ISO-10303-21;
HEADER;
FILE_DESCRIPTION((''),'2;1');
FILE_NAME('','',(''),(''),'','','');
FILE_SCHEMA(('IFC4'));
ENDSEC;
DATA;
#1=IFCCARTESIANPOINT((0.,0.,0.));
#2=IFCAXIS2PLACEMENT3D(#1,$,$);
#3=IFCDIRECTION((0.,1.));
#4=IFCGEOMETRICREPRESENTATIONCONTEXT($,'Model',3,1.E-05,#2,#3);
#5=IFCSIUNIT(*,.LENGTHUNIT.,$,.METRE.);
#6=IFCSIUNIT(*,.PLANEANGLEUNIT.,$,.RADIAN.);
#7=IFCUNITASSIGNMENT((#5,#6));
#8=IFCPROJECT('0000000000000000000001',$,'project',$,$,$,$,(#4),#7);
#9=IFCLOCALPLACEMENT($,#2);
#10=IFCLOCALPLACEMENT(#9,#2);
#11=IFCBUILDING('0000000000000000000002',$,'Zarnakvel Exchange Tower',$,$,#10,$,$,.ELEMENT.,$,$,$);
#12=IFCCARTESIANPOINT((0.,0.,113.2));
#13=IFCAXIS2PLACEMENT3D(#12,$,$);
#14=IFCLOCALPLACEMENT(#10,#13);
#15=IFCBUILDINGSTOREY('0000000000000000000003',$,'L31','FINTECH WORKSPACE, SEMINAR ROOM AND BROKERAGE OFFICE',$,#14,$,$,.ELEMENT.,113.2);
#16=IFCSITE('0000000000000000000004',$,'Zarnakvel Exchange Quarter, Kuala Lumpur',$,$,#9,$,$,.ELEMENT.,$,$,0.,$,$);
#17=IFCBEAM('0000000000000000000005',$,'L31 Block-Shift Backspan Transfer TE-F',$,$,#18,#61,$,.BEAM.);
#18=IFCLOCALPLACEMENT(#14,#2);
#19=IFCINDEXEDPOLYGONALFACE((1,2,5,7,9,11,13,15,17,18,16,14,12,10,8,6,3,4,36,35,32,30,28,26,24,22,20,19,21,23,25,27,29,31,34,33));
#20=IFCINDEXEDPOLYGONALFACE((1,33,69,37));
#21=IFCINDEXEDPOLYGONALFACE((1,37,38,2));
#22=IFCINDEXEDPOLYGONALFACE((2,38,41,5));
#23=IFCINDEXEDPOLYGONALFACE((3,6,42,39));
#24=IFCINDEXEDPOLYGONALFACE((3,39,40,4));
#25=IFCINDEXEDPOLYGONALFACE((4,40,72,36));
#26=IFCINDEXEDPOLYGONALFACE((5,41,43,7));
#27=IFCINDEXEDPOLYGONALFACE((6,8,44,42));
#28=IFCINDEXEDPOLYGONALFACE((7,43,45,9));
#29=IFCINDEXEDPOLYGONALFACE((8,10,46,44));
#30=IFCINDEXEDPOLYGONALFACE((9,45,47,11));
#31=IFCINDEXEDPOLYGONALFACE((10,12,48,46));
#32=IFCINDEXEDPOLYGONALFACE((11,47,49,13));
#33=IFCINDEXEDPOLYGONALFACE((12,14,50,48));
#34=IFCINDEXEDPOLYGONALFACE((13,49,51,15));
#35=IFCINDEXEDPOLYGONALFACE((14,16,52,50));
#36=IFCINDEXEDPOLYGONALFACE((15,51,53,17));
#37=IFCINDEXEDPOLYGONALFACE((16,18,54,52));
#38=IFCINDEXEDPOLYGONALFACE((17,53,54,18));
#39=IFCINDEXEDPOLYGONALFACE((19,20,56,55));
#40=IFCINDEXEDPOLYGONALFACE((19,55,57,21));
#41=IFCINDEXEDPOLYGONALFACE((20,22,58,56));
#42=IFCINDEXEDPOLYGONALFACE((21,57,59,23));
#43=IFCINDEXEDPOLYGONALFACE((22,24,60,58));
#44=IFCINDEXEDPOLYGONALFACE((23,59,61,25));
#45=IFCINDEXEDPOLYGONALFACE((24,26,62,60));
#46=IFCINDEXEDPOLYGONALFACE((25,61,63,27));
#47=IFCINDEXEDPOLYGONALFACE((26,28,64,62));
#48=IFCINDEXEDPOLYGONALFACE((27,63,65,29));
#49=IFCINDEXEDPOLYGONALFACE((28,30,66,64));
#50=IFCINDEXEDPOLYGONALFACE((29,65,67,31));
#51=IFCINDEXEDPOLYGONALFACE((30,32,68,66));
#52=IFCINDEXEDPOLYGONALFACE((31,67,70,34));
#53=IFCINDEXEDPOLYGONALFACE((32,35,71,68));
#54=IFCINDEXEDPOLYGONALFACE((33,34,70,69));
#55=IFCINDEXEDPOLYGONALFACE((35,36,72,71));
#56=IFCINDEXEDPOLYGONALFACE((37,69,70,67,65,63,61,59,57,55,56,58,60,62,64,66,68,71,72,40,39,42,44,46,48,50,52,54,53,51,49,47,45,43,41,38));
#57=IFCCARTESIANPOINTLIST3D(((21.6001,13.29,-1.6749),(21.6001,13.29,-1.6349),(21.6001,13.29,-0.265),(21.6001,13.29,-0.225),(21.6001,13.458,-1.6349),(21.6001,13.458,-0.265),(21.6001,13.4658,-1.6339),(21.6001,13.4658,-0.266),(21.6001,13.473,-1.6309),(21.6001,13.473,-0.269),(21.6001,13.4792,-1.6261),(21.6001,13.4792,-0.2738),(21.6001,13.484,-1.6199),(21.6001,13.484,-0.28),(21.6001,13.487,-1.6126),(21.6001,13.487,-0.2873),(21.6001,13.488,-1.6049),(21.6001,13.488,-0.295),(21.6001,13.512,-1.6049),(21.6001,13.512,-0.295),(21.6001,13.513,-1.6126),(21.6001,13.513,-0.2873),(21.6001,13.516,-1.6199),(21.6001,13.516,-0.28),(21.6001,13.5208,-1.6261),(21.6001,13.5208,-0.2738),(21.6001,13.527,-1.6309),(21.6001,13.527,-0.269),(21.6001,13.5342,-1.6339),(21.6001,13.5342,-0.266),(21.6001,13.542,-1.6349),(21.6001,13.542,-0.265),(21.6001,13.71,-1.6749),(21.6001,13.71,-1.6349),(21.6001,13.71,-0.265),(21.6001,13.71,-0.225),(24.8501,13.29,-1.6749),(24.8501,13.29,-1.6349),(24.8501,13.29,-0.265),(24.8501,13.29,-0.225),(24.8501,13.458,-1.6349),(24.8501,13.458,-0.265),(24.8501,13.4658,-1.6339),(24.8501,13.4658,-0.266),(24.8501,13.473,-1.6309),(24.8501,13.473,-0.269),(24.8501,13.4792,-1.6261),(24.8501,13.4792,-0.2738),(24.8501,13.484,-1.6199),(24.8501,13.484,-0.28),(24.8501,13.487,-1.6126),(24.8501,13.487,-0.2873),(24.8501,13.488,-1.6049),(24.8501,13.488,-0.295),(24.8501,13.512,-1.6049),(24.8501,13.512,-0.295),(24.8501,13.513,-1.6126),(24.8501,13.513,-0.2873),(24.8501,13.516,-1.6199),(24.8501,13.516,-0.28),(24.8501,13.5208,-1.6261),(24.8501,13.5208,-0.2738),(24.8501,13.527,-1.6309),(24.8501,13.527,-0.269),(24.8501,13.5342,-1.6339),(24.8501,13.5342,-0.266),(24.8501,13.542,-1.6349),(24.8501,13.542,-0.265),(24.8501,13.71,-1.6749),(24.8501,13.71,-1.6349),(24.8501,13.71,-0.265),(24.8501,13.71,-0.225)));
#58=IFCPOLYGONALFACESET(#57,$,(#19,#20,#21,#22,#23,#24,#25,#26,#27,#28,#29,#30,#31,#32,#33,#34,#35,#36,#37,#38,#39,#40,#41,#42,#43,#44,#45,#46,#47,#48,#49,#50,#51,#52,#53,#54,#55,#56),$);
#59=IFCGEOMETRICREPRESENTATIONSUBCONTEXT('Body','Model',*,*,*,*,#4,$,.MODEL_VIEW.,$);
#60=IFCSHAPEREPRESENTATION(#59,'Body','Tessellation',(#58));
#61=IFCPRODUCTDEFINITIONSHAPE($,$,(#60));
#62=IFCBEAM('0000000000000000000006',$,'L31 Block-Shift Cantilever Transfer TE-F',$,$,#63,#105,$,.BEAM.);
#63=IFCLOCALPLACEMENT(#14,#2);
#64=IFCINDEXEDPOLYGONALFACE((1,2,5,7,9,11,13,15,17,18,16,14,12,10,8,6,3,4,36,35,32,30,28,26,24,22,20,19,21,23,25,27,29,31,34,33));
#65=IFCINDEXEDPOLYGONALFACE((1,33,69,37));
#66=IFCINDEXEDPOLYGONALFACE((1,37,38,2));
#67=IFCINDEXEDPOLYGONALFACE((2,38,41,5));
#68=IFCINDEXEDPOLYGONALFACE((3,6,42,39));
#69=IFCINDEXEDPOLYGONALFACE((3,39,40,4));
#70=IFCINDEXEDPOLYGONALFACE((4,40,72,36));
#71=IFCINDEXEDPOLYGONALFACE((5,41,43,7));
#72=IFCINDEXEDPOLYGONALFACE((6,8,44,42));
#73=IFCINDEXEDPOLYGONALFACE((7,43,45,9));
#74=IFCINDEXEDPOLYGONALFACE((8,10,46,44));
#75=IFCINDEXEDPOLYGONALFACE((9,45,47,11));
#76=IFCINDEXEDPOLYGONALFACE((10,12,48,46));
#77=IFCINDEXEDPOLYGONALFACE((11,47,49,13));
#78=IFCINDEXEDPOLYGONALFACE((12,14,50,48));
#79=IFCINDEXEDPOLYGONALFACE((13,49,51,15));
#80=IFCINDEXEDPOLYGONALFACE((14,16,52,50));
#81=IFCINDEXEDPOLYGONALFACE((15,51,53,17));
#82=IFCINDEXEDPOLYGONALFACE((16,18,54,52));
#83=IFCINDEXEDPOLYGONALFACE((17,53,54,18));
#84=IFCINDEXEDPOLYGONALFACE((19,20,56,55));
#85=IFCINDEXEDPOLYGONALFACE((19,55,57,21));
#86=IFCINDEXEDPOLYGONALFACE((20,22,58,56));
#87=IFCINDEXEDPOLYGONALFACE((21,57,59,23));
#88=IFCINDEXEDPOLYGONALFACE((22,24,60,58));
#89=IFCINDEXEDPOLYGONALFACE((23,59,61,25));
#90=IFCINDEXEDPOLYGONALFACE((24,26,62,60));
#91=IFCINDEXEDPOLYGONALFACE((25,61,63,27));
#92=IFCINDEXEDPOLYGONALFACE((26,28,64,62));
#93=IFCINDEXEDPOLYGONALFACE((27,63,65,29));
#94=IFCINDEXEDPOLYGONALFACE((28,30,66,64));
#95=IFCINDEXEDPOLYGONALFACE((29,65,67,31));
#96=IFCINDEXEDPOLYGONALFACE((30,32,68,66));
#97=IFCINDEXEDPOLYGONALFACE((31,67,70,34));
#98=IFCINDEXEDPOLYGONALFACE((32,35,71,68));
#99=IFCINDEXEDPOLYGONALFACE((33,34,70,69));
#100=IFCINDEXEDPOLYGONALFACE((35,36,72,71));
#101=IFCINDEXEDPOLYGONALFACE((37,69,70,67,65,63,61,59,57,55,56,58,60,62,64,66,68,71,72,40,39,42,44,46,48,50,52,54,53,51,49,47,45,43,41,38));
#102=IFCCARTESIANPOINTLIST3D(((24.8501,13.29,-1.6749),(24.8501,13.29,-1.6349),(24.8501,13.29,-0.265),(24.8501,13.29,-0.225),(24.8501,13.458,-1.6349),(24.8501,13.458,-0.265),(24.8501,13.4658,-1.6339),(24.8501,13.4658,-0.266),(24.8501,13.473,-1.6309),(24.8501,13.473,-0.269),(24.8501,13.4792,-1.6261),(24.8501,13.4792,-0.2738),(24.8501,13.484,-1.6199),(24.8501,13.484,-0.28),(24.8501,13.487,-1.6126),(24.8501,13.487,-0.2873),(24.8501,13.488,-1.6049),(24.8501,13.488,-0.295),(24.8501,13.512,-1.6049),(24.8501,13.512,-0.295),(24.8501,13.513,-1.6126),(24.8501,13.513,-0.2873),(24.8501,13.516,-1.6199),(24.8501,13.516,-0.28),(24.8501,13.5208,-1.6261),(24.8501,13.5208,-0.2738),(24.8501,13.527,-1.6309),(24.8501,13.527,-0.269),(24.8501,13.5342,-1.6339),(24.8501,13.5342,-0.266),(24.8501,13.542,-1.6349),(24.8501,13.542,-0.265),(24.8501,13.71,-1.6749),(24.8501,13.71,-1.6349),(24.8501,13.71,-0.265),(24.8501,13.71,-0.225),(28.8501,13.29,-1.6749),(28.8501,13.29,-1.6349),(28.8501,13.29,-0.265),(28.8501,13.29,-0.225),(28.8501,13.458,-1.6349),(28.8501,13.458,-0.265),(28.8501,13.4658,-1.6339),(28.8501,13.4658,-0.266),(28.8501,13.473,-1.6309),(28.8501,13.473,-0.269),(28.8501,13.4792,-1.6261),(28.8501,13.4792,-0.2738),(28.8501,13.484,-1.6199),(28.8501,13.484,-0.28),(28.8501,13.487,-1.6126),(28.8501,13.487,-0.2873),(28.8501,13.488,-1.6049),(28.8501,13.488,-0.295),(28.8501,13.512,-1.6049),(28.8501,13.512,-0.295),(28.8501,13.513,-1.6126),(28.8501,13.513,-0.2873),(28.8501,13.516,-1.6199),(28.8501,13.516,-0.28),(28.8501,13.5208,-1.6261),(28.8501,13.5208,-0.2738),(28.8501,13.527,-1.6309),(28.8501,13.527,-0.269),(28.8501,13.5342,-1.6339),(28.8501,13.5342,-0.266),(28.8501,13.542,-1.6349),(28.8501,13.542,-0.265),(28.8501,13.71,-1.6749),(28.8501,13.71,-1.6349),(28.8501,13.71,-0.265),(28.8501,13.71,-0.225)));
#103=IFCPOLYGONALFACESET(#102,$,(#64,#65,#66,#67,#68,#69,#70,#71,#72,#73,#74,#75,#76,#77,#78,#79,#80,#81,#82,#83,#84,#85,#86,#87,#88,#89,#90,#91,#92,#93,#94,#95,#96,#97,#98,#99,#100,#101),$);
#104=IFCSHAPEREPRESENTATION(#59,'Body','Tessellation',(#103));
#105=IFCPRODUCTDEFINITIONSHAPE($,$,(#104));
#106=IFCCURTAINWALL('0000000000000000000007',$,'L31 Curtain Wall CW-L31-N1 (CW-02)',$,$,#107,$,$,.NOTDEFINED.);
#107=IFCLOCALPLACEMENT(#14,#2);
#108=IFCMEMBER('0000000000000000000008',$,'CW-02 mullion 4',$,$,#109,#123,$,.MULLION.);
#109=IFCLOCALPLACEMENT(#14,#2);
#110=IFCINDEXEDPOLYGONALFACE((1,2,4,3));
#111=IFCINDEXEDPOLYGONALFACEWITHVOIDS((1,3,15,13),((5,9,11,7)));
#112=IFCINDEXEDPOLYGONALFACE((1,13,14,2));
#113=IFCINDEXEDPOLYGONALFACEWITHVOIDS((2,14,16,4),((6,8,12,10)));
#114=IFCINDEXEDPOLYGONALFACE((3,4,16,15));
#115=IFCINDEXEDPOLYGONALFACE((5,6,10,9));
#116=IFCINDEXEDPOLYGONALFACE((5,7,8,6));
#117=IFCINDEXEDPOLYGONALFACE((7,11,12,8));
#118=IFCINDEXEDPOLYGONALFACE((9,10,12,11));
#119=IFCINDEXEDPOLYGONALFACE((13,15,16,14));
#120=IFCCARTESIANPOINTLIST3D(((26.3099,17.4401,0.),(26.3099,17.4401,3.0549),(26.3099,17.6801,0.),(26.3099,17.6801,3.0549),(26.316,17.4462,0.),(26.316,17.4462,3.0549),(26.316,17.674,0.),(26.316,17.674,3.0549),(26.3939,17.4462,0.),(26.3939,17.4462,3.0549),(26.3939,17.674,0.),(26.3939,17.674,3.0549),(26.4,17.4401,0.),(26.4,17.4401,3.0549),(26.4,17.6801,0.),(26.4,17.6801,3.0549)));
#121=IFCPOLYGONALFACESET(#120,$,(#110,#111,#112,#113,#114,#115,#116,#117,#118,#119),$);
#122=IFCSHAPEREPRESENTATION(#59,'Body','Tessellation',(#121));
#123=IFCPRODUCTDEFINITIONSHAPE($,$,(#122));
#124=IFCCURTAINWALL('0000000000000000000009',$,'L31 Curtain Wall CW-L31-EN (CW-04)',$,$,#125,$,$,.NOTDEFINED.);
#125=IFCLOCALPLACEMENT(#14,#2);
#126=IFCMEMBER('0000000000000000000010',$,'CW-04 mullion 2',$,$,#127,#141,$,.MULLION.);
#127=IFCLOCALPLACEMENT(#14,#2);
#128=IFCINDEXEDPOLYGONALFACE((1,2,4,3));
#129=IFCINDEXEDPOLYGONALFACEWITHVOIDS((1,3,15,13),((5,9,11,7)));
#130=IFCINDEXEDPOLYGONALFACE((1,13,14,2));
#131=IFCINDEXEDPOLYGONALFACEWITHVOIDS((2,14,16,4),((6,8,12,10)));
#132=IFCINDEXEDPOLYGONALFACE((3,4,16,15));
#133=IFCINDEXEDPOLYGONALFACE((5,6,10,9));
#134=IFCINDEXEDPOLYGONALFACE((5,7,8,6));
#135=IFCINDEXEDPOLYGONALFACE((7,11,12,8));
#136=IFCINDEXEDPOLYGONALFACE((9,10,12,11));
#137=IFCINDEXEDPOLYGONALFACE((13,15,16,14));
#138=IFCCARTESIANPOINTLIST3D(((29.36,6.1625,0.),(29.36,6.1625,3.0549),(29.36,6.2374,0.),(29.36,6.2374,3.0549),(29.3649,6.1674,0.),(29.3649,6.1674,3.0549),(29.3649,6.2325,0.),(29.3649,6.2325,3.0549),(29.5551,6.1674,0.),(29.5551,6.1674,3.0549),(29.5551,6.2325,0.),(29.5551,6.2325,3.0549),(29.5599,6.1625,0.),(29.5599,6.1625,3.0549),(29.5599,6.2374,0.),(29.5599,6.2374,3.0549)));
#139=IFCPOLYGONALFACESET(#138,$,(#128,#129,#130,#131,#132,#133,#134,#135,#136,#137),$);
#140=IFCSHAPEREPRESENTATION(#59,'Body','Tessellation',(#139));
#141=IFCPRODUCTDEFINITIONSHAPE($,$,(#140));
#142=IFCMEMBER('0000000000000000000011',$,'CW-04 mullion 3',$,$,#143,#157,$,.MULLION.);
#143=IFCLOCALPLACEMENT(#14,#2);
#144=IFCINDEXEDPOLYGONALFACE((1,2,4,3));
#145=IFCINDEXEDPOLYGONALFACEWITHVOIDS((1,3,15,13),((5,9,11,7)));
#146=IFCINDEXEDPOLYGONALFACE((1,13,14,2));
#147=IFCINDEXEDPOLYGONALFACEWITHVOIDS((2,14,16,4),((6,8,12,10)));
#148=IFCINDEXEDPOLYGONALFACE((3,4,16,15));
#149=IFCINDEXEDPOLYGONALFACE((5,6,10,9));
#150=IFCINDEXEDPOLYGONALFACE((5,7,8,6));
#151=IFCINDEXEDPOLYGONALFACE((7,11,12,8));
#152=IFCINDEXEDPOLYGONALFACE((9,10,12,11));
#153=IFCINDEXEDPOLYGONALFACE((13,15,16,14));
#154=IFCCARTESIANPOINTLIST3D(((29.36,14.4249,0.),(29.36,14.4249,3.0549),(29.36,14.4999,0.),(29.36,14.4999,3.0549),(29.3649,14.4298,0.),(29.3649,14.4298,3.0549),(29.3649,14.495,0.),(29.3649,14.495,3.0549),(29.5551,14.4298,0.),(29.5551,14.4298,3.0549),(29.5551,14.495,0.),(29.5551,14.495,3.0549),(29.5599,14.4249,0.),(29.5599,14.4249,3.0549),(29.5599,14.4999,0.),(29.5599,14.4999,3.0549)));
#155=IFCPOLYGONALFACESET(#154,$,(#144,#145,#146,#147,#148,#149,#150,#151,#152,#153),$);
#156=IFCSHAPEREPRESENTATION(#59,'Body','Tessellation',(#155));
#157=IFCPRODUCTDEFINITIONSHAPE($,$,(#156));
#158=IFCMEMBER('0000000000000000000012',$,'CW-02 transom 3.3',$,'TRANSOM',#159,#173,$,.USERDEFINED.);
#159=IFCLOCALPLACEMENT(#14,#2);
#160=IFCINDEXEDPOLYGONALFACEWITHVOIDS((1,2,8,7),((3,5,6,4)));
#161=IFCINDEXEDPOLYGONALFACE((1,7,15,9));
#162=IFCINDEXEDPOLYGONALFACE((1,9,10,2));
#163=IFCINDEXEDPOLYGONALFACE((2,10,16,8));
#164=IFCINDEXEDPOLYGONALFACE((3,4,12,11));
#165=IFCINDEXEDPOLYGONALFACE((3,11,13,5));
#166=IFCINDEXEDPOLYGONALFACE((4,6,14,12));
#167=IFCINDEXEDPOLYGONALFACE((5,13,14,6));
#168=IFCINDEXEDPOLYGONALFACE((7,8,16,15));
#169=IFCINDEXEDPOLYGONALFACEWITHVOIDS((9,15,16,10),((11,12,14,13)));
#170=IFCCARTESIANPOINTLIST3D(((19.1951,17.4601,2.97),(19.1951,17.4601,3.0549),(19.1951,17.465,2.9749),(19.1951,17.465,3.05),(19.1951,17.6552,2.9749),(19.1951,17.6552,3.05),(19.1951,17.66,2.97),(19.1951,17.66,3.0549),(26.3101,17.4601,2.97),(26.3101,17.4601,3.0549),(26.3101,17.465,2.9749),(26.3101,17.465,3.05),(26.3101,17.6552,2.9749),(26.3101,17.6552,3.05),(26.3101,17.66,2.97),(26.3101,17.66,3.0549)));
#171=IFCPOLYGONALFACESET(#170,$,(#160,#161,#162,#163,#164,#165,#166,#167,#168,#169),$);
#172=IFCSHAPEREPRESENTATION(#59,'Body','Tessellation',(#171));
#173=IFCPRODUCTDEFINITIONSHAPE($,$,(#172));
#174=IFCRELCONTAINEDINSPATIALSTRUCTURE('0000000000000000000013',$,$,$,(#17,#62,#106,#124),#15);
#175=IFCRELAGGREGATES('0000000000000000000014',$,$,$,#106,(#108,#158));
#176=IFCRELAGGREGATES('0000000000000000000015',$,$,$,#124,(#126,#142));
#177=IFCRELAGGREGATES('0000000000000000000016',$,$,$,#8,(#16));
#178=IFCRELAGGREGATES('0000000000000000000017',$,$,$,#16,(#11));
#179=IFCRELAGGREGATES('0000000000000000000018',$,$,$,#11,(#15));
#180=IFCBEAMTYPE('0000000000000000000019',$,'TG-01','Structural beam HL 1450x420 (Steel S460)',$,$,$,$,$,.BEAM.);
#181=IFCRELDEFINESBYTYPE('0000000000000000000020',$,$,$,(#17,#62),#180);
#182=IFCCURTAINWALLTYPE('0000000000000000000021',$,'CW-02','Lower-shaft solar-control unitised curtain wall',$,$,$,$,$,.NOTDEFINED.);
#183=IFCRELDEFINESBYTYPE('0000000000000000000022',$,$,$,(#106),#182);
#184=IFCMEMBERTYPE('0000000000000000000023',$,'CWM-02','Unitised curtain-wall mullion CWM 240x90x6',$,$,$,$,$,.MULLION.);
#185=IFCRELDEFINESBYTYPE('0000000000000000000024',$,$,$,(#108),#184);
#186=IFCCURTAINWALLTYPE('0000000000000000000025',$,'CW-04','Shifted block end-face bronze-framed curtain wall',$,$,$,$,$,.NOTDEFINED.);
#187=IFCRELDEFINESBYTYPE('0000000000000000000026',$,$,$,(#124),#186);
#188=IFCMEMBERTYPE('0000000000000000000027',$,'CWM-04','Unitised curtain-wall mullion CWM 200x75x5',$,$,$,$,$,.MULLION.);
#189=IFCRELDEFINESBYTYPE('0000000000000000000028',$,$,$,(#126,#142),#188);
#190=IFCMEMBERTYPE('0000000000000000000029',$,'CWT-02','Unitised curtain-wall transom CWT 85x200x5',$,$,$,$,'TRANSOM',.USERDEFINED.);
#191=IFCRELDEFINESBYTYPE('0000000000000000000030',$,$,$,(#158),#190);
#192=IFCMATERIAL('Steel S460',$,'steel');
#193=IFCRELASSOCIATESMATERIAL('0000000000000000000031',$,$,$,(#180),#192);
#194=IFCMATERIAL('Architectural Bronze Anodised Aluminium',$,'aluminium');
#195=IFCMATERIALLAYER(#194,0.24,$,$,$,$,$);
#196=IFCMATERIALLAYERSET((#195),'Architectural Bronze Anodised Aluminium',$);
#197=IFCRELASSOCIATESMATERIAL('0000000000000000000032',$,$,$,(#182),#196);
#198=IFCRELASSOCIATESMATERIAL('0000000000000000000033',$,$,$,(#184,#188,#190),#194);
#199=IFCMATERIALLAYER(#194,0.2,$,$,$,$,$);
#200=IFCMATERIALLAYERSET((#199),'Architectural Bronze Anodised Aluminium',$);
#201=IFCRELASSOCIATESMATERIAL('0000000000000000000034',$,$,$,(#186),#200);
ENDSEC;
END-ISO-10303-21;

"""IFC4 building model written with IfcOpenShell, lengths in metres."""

from ifc_helpers import new_model, si_unit, direction, frame, origin, origin_2d, place, context, subcontext, project, spatial, hollow_rectangle, i_section, extrude, source, transform, mapped, material, layer, layer_set, material_profile, profile_set, type_object, element, aggregate, save


model = new_model("IFC4")

# Units and contexts
model_context = context("Model", 3, precision=1e-05, world=origin(), true_north=direction((0.0, 1.0)))
body_context = subcontext(model_context, "Body", "Model", "MODEL_VIEW")
ifc_project = project(units=[si_unit("LENGTHUNIT", "METRE"), si_unit("PLANEANGLEUNIT", "RADIAN")], contexts=[model_context])

# Site, building, storey
site_placement = place(None, origin())
site = spatial("IfcSite", under=ifc_project, at=site_placement, Name="Zarnakvel Exchange Quarter, Kuala Lumpur", CompositionType="ELEMENT", RefElevation=0.0)
building_placement = place(site_placement, origin())
building = spatial("IfcBuilding", under=site, at=building_placement, Name="Zarnakvel Exchange Tower", CompositionType="ELEMENT")
storey_placement = place(building_placement, frame((0.0, 0.0, 113.2)))
storey = spatial("IfcBuildingStorey", under=building, at=storey_placement, Name="L31", Description="FINTECH WORKSPACE, SEMINAR ROOM AND BROKERAGE OFFICE", CompositionType="ELEMENT", Elevation=113.2)

# Beams
ifc_material_1 = material(Name="Steel S460", Category="steel")
ifc_material_profile_1 = material_profile(ifc_material_1, i_section(OverallWidth=0.4199, OverallDepth=1.45, WebThickness=0.0239, FlangeThickness=0.04, FilletRadius=0.03, at=origin_2d()))
ifc_profile_set_1 = profile_set([ifc_material_profile_1], Name="Steel S460")
beam_type_1 = type_object("IfcBeamType", Name="TG-01", Description="Structural beam HL 1450x420 (Steel S460)", PredefinedType="BEAM", material=ifc_profile_set_1)
beam_1_placement = place(storey_placement, frame((21.6001, 13.5, -0.95), z_axis=(1.0, 0.0, 0.0), x_axis=(0.0, 1.0, 0.0)))
element("IfcBeam", 1, at=beam_1_placement, inside=storey, type_object=beam_type_1, Name="L31 Block-Shift Backspan Transfer TE-F", PredefinedType="BEAM", context=body_context, shape_type="SweptSolid", body=[
    extrude(i_section(OverallWidth=0.4199, OverallDepth=1.45, WebThickness=0.0239, FlangeThickness=0.04, FilletRadius=0.03, at=origin_2d()), origin(), (0.0, 0.0, 1.0), 3.25),
])
beam_2_placement = place(storey_placement, frame((24.8501, 13.5, -0.95), z_axis=(1.0, 0.0, 0.0), x_axis=(0.0, 1.0, 0.0)))
element("IfcBeam", 2, at=beam_2_placement, inside=storey, type_object=beam_type_1, Name="L31 Block-Shift Cantilever Transfer TE-F", PredefinedType="BEAM", context=body_context, shape_type="SweptSolid", body=[
    extrude(i_section(OverallWidth=0.4199, OverallDepth=1.45, WebThickness=0.0239, FlangeThickness=0.04, FilletRadius=0.03, at=origin_2d()), origin(), (0.0, 0.0, 1.0), 4.0),
])

# Curtain wall, member
ifc_material_2 = material(Name="Architectural Bronze Anodised Aluminium", Category="aluminium")
ifc_layer_1 = layer(ifc_material_2, 0.24)
ifc_layer_set_1 = layer_set([ifc_layer_1], Name="Architectural Bronze Anodised Aluminium")
curtain_wall_type_1 = type_object("IfcCurtainWallType", Name="CW-02", Description="Lower-shaft solar-control unitised curtain wall", PredefinedType="NOTDEFINED", material=ifc_layer_set_1)
curtain_wall_1_placement = place(storey_placement, origin())
curtain_wall_1 = element("IfcCurtainWall", 3, at=curtain_wall_1_placement, inside=storey, type_object=curtain_wall_type_1, Name="L31 Curtain Wall CW-L31-N1 (CW-02)", PredefinedType="NOTDEFINED")
ifc_material_profile_2 = material_profile(ifc_material_2, hollow_rectangle(XDim=0.24, YDim=0.0901, WallThickness=0.0061, at=origin_2d()))
ifc_profile_set_2 = profile_set([ifc_material_profile_2], Name="Architectural Bronze Anodised Aluminium")
member_type_1 = type_object("IfcMemberType", Name="CWM-02", Description="Unitised curtain-wall mullion CWM 240x90x6", PredefinedType="MULLION", material=ifc_profile_set_2)
shared_shape_1 = source(origin(), body_context, "Body", "SweptSolid", [
    extrude(hollow_rectangle(XDim=0.24, YDim=0.0901, WallThickness=0.0061, at=origin_2d()), origin(), (0.0, 0.0, 1.0), 3.0549),
])
member_1_placement = place(storey_placement, frame((26.355, 17.5601, 0.0), z_axis=(0.0, 0.0, 1.0), x_axis=(0.0, 1.0, 0.0)))
member_1 = element("IfcMember", 4, at=member_1_placement, type_object=member_type_1, Name="CW-02 mullion 4", PredefinedType="MULLION", context=body_context, shape_type="MappedRepresentation", body=[
    mapped(shared_shape_1, transform((0.0, 0.0, 0.0), x_axis=(1.0, 0.0, 0.0), y_axis=(0.0, 1.0, 0.0), z_axis=(0.0, 0.0, 1.0), scale=1.0)),
])

# Curtain wall, members
ifc_layer_2 = layer(ifc_material_2, 0.2)
ifc_layer_set_2 = layer_set([ifc_layer_2], Name="Architectural Bronze Anodised Aluminium")
curtain_wall_type_2 = type_object("IfcCurtainWallType", Name="CW-04", Description="Shifted block end-face bronze-framed curtain wall", PredefinedType="NOTDEFINED", material=ifc_layer_set_2)
curtain_wall_2_placement = place(storey_placement, origin())
curtain_wall_2 = element("IfcCurtainWall", 5, at=curtain_wall_2_placement, inside=storey, type_object=curtain_wall_type_2, Name="L31 Curtain Wall CW-L31-EN (CW-04)", PredefinedType="NOTDEFINED")
ifc_material_profile_3 = material_profile(ifc_material_2, hollow_rectangle(XDim=0.2, YDim=0.075, WallThickness=0.0049, at=origin_2d()))
ifc_profile_set_3 = profile_set([ifc_material_profile_3], Name="Architectural Bronze Anodised Aluminium")
member_type_2 = type_object("IfcMemberType", Name="CWM-04", Description="Unitised curtain-wall mullion CWM 200x75x5", PredefinedType="MULLION", material=ifc_profile_set_3)
shared_shape_2 = source(origin(), body_context, "Body", "SweptSolid", [
    extrude(hollow_rectangle(XDim=0.2, YDim=0.075, WallThickness=0.0049, at=origin_2d()), origin(), (0.0, 0.0, 1.0), 3.0549),
])
member_2_placement = place(storey_placement, frame((29.46, 6.2, 0.0), z_axis=(0.0, 0.0, 1.0), x_axis=(-1.0, 0.0, 0.0)))
member_2 = element("IfcMember", 6, at=member_2_placement, type_object=member_type_2, Name="CW-04 mullion 2", PredefinedType="MULLION", context=body_context, shape_type="MappedRepresentation", body=[
    mapped(shared_shape_2, transform((0.0, 0.0, 0.0), x_axis=(1.0, 0.0, 0.0), y_axis=(0.0, 1.0, 0.0), z_axis=(0.0, 0.0, 1.0), scale=1.0)),
])
member_3_placement = place(storey_placement, frame((29.46, 14.4624, 0.0), z_axis=(0.0, 0.0, 1.0), x_axis=(-1.0, 0.0, 0.0)))
member_3 = element("IfcMember", 7, at=member_3_placement, type_object=member_type_2, Name="CW-04 mullion 3", PredefinedType="MULLION", context=body_context, shape_type="MappedRepresentation", body=[
    mapped(shared_shape_2, transform((0.0, 0.0, 0.0), x_axis=(1.0, 0.0, 0.0), y_axis=(0.0, 1.0, 0.0), z_axis=(0.0, 0.0, 1.0), scale=1.0)),
])

# Member
ifc_material_profile_4 = material_profile(ifc_material_2, hollow_rectangle(XDim=0.2, YDim=0.085, WallThickness=0.0049, at=origin_2d()))
ifc_profile_set_4 = profile_set([ifc_material_profile_4], Name="Architectural Bronze Anodised Aluminium")
member_type_3 = type_object("IfcMemberType", Name="CWT-02", Description="Unitised curtain-wall transom CWT 85x200x5", ElementType="TRANSOM", PredefinedType="USERDEFINED", material=ifc_profile_set_4)
shared_shape_3 = source(origin(), body_context, "Body", "SweptSolid", [
    extrude(hollow_rectangle(XDim=0.2, YDim=0.085, WallThickness=0.0049, at=origin_2d()), origin(), (0.0, 0.0, 1.0), 7.115),
])
member_4_placement = place(storey_placement, frame((19.1951, 17.5601, 3.0125), z_axis=(1.0, 0.0, 0.0), x_axis=(0.0, 1.0, 0.0)))
member_4 = element("IfcMember", 8, at=member_4_placement, type_object=member_type_3, Name="CW-02 transom 3.3", ObjectType="TRANSOM", PredefinedType="USERDEFINED", context=body_context, shape_type="MappedRepresentation", body=[
    mapped(shared_shape_3, transform((0.0, 0.0, 0.0), x_axis=(1.0, 0.0, 0.0), y_axis=(0.0, 1.0, 0.0), z_axis=(0.0, 0.0, 1.0), scale=1.0)),
])

aggregate(curtain_wall_1, [member_1, member_4])
aggregate(curtain_wall_2, [member_2, member_3])

save(model, "model.ifc")
